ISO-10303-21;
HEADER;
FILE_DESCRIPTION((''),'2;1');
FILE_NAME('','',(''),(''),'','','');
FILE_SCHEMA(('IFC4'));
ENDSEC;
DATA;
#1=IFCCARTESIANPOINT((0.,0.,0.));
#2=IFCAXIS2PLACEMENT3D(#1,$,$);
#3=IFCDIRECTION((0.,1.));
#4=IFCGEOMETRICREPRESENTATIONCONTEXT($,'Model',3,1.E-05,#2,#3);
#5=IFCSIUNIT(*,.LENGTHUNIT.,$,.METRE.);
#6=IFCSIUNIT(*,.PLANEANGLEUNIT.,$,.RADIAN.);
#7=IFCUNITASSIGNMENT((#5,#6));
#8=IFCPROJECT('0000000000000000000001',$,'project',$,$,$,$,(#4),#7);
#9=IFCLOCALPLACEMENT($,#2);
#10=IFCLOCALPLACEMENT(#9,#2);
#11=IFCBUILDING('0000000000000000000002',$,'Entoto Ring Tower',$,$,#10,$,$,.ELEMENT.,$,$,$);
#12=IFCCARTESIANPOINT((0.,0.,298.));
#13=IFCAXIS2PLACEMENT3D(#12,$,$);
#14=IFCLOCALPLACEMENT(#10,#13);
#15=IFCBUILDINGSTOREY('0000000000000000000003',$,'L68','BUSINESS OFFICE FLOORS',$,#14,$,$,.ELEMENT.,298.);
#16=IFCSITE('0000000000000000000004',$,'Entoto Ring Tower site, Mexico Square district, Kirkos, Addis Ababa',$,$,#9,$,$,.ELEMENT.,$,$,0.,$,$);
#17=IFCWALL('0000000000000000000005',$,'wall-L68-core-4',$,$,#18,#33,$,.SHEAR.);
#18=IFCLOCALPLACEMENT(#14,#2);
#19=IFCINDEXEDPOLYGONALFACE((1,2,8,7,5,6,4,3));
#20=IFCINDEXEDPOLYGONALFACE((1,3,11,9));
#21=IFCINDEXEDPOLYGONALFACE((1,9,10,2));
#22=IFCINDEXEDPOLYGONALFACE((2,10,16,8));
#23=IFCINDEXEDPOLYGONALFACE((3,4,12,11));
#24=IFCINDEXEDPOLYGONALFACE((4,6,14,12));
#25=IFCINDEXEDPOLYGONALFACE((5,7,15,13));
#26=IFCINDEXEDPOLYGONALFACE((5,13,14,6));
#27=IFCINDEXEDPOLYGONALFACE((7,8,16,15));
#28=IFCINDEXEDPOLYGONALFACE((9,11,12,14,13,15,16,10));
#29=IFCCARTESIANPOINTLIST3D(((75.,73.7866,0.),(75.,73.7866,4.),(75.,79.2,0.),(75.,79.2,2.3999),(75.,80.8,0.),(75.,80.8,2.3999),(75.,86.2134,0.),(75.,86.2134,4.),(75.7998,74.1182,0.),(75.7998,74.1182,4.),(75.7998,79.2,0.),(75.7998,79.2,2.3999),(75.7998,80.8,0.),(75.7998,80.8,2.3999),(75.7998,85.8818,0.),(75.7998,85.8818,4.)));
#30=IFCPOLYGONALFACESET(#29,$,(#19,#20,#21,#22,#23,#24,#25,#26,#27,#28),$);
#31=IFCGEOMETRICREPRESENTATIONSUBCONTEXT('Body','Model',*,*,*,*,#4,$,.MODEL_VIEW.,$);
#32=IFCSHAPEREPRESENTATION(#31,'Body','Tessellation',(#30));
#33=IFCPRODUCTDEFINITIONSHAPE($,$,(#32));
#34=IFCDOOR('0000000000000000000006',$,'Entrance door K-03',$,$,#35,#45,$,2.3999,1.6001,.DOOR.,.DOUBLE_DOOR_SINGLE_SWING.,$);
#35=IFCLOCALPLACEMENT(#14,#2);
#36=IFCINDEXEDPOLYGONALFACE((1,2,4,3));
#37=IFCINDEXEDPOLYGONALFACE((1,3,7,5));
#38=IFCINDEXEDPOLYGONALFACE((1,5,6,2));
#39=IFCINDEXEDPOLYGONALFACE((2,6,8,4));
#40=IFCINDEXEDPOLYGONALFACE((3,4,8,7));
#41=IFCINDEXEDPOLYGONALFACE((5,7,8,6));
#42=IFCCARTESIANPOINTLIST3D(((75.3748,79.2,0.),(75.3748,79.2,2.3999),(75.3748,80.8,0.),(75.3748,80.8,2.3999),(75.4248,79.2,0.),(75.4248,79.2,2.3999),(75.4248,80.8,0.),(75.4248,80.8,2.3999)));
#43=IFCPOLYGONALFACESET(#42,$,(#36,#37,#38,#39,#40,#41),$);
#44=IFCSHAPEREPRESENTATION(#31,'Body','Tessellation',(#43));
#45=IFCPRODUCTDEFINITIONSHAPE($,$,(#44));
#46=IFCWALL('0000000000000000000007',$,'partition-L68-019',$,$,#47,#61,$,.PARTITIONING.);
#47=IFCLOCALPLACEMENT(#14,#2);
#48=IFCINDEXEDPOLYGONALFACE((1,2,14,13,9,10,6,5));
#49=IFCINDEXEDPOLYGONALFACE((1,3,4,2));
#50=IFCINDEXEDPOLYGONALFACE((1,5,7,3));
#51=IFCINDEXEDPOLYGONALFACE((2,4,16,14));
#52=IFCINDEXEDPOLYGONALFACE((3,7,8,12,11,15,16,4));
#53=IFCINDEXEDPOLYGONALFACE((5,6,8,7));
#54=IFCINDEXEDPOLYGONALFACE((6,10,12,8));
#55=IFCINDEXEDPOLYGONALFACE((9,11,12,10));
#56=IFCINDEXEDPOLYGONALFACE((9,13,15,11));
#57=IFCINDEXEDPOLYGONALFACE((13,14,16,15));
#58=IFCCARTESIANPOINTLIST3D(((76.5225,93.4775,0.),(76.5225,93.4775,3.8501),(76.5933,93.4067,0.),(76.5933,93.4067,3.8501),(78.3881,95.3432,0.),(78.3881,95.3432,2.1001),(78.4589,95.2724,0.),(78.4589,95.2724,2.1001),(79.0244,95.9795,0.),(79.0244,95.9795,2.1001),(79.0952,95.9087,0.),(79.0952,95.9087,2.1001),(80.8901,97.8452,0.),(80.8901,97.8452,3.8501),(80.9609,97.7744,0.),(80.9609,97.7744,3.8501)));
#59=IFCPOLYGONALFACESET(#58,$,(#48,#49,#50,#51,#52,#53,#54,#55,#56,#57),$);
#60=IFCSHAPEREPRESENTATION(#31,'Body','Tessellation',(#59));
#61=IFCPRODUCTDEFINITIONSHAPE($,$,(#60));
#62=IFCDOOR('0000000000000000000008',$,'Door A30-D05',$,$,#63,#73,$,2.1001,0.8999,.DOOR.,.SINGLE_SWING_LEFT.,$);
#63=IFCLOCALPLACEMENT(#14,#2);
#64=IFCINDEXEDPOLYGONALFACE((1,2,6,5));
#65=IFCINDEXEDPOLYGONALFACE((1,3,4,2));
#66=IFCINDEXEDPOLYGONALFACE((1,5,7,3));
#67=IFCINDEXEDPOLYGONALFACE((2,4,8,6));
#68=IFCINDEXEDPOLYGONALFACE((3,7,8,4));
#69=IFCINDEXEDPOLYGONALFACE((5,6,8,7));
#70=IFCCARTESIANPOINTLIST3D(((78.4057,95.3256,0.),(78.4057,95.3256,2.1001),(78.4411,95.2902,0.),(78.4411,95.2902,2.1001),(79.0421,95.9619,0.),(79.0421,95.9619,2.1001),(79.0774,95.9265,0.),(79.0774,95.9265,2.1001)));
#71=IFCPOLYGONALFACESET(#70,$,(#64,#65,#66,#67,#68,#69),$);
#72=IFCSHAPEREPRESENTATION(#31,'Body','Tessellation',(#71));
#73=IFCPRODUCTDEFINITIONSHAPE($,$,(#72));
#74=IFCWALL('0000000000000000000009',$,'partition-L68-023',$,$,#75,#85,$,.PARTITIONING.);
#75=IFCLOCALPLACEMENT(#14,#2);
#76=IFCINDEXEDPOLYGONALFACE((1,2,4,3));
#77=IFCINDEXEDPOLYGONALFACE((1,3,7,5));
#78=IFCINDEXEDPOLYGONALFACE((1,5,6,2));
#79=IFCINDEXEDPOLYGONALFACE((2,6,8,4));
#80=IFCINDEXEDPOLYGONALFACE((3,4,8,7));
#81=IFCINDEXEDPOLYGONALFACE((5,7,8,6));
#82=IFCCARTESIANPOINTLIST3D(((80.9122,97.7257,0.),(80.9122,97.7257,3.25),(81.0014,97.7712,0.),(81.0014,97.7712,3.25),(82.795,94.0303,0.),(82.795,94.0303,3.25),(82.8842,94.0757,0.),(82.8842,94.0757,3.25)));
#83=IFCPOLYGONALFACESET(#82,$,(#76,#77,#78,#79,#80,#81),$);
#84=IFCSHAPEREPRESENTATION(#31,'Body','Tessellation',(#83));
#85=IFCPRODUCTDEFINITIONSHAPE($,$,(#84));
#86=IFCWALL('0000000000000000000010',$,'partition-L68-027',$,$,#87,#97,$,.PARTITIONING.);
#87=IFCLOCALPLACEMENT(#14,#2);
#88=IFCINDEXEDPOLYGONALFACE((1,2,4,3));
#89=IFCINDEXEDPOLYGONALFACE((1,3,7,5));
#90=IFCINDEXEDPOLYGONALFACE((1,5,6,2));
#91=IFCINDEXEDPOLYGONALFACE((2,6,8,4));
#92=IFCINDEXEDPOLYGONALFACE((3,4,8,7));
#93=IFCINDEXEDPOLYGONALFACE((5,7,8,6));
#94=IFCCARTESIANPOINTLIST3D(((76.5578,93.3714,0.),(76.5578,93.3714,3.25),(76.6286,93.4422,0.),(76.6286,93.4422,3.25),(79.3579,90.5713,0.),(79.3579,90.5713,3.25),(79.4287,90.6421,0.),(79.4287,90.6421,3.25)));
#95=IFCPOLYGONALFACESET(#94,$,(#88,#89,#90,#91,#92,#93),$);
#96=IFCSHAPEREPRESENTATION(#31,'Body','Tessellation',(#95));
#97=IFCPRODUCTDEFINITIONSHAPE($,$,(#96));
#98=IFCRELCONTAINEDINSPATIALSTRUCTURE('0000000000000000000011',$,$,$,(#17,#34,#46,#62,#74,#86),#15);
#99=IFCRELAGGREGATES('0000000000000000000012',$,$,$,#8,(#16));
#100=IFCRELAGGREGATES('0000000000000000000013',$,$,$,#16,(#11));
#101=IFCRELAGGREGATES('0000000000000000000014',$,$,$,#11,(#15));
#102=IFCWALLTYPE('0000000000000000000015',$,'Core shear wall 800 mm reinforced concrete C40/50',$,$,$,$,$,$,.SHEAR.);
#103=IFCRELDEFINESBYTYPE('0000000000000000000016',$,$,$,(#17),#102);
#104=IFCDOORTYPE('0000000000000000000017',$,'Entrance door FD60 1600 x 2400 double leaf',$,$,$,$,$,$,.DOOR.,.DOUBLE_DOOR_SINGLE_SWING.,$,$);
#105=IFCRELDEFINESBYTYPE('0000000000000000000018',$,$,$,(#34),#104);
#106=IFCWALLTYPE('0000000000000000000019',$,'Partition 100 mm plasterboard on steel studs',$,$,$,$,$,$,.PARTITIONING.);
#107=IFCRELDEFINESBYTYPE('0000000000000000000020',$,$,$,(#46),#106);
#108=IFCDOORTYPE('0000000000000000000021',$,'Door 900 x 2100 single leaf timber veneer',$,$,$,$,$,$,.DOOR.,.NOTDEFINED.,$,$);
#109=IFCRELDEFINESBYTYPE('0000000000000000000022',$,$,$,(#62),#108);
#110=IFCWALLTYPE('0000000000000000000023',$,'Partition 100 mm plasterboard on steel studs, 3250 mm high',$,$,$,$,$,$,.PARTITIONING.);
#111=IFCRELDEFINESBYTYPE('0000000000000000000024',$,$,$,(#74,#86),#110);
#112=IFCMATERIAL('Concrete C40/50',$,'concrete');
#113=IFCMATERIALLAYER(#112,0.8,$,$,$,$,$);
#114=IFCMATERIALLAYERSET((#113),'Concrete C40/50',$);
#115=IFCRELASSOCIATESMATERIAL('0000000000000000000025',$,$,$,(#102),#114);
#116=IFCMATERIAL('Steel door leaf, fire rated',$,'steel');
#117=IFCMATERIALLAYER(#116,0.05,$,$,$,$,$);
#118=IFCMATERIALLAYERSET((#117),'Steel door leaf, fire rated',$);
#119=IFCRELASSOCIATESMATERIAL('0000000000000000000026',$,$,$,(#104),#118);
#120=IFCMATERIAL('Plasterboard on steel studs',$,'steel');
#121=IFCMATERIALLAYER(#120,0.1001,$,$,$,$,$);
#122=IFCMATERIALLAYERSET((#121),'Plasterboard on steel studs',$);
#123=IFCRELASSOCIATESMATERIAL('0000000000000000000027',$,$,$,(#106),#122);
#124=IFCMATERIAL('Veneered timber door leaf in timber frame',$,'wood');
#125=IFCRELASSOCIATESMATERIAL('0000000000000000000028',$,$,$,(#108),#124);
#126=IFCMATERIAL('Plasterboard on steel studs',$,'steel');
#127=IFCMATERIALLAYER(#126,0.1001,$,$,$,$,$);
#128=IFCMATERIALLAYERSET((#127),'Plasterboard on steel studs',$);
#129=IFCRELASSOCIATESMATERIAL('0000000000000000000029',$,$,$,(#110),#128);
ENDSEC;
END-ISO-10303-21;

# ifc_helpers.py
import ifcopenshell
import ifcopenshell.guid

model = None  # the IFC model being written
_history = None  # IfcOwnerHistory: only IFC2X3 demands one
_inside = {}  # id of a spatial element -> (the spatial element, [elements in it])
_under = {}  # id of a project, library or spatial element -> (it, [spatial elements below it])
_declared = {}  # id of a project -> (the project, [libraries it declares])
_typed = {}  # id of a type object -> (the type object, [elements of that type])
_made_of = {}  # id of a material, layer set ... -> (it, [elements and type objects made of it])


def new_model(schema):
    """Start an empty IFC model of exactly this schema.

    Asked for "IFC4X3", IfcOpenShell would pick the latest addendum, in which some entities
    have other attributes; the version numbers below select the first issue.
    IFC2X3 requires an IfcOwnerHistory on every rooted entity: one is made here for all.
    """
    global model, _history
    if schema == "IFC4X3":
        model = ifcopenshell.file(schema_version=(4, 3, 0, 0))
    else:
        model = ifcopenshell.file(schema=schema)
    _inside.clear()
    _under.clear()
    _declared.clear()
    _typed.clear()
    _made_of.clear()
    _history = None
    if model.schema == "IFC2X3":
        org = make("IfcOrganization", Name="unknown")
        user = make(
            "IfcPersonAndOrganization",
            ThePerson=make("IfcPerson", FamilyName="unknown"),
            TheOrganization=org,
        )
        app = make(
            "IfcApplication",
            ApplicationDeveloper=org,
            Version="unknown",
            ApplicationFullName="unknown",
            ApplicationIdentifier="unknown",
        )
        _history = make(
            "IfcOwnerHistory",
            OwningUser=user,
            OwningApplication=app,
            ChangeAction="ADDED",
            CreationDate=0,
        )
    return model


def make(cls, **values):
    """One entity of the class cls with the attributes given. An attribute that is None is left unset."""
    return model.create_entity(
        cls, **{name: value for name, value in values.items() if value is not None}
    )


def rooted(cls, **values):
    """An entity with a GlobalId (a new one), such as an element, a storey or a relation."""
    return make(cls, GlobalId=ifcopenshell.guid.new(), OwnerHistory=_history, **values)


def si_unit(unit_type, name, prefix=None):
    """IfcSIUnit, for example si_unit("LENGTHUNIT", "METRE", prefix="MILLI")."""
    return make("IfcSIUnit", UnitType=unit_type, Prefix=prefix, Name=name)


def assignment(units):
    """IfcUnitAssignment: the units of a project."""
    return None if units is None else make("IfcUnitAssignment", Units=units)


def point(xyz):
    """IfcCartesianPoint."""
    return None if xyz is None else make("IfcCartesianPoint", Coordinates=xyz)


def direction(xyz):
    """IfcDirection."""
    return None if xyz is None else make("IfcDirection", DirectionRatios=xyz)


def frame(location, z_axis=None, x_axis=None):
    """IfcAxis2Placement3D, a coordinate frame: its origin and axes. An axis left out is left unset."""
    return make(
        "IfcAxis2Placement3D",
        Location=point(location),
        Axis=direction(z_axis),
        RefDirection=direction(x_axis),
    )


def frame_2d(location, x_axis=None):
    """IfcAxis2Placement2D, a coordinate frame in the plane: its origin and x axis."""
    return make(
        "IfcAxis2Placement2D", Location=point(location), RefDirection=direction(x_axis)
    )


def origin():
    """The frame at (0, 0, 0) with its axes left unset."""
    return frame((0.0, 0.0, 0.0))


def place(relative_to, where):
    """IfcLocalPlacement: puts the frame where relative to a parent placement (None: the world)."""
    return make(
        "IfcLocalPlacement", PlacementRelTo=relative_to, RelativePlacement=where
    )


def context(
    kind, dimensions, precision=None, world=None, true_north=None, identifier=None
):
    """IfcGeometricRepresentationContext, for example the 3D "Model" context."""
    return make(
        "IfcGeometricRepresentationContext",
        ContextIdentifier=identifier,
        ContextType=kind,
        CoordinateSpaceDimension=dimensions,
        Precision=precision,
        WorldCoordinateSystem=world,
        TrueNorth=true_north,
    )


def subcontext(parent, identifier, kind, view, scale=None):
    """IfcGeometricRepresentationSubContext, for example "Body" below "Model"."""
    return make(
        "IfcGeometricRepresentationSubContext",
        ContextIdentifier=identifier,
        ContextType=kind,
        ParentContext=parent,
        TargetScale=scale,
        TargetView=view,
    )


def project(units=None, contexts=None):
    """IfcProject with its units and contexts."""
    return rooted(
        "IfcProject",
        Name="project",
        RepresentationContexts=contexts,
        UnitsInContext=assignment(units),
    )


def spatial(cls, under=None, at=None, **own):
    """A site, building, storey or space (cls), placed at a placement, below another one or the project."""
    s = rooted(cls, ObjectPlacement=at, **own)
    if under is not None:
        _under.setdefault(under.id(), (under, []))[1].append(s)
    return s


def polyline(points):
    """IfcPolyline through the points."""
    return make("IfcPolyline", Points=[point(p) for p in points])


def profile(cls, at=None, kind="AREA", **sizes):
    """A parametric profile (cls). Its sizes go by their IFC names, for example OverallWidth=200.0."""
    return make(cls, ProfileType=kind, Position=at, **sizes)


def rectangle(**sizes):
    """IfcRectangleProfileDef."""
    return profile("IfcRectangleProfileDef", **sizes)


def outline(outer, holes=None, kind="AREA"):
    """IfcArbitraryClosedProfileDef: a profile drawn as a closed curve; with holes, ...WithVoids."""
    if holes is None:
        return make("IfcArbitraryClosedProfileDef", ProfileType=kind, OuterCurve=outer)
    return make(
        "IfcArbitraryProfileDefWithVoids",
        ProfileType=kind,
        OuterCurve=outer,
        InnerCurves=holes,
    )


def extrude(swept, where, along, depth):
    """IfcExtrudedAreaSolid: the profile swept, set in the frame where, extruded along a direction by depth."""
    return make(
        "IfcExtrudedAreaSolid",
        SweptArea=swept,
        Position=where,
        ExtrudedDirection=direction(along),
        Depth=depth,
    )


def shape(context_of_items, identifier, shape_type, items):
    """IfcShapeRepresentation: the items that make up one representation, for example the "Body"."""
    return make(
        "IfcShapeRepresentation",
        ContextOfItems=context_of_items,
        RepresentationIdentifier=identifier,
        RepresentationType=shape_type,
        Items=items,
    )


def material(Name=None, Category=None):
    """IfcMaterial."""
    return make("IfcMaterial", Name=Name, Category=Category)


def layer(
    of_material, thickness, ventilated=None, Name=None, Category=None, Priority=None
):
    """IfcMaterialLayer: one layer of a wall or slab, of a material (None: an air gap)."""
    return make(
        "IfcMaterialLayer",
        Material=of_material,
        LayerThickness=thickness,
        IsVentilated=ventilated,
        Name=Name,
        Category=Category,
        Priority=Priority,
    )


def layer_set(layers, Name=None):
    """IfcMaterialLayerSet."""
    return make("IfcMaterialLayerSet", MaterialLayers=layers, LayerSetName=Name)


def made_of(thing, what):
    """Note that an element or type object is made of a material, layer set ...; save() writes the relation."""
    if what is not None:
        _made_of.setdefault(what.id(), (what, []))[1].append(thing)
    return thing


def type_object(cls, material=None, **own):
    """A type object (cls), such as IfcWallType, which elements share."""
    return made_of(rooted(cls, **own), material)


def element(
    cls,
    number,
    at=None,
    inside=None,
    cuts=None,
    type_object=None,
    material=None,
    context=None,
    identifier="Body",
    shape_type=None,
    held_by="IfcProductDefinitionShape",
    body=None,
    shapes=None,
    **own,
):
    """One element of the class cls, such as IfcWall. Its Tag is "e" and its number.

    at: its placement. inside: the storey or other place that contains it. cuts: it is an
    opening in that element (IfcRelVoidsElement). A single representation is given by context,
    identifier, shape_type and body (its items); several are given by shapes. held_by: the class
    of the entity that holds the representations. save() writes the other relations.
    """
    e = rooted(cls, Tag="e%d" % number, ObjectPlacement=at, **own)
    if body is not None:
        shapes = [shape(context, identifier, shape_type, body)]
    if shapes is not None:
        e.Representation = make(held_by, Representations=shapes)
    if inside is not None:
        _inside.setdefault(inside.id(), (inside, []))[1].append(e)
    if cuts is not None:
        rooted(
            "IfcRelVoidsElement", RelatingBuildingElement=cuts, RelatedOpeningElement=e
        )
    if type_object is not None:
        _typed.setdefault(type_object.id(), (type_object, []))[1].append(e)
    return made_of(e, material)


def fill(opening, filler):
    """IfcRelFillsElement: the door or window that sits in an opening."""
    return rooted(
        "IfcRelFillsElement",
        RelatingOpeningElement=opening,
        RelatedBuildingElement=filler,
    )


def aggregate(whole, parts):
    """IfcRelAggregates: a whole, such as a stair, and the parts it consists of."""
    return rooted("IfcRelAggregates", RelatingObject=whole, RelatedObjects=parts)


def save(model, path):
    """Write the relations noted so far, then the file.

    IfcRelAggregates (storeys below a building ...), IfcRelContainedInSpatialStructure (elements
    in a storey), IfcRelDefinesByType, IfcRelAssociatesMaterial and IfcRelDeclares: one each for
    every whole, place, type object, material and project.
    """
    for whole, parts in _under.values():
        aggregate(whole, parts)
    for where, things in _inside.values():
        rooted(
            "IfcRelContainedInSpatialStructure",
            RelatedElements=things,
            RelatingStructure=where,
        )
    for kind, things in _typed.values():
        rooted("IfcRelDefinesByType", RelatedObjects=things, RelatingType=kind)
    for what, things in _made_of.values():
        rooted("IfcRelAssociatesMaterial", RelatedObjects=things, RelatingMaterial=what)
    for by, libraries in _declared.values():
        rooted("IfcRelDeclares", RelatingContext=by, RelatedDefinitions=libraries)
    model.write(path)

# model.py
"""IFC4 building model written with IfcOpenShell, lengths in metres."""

from ifc_helpers import new_model, si_unit, direction, frame, frame_2d, origin, place, context, subcontext, project, spatial, polyline, rectangle, outline, extrude, material, layer, layer_set, type_object, element, fill, save


model = new_model("IFC4")

# Units and contexts
model_context = context("Model", 3, precision=1e-05, world=origin(), true_north=direction((0.0, 1.0)))
body_context = subcontext(model_context, "Body", "Model", "MODEL_VIEW")
ifc_project = project(units=[si_unit("LENGTHUNIT", "METRE"), si_unit("PLANEANGLEUNIT", "RADIAN")], contexts=[model_context])

# Site, building, storey
site_placement = place(None, origin())
site = spatial("IfcSite", under=ifc_project, at=site_placement, Name="Entoto Ring Tower site, Mexico Square district, Kirkos, Addis Ababa", CompositionType="ELEMENT", RefElevation=0.0)
building_placement = place(site_placement, origin())
building = spatial("IfcBuilding", under=site, at=building_placement, Name="Entoto Ring Tower", CompositionType="ELEMENT")
storey_placement = place(building_placement, frame((0.0, 0.0, 298.0)))
storey = spatial("IfcBuildingStorey", under=building, at=storey_placement, Name="L68", Description="BUSINESS OFFICE FLOORS", CompositionType="ELEMENT", Elevation=298.0)

# Shared definitions
ifc_material_1 = material(Name="Concrete C40/50", Category="concrete")
ifc_layer_1 = layer(ifc_material_1, 0.8)
ifc_layer_set_1 = layer_set([ifc_layer_1], Name="Concrete C40/50")
wall_type_1 = type_object("IfcWallType", Name="Core shear wall 800 mm reinforced concrete C40/50", PredefinedType="SHEAR", material=ifc_layer_set_1)

# Walls, openings, doors
wall_1_placement = place(storey_placement, frame((75.3999, 86.0476, 0.0), z_axis=(0.0, 0.0, 1.0), x_axis=(0.0, -1.0, 0.0)))
wall_1 = element("IfcWall", 1, at=wall_1_placement, inside=storey, type_object=wall_type_1, Name="wall-L68-core-4", PredefinedType="SHEAR", context=body_context, shape_type="SweptSolid", body=[
    extrude(outline(polyline([(-0.1658, -0.3999), (12.261, -0.3999), (11.9294, 0.3999), (0.1658, 0.3999), (-0.1658, -0.3999)])), origin(), (0.0, 0.0, 1.0), 4.0),
])
opening_1_placement = place(wall_1_placement, frame((5.2476, 0.0, 0.0)))
opening_1 = element("IfcOpeningElement", 2, at=opening_1_placement, cuts=wall_1, PredefinedType="OPENING", context=body_context, shape_type="SweptSolid", body=[
    extrude(rectangle(XDim=1.6001, YDim=2.3999, at=frame_2d((0.8, 1.2))), frame((0.0, 0.4102, 0.0), z_axis=(0.0, -1.0, 0.0), x_axis=(1.0, 0.0, 0.0)), (0.0, 0.0, 1.0), 0.8201),
])
ifc_material_2 = material(Name="Steel door leaf, fire rated", Category="steel")
ifc_layer_2 = layer(ifc_material_2, 0.05)
ifc_layer_set_2 = layer_set([ifc_layer_2], Name="Steel door leaf, fire rated")
door_type_1 = type_object("IfcDoorType", Name="Entrance door FD60 1600 x 2400 double leaf", OperationType="DOUBLE_DOOR_SINGLE_SWING", PredefinedType="DOOR", material=ifc_layer_set_2)
door_1_placement = place(opening_1_placement, origin())
door_1 = element("IfcDoor", 3, at=door_1_placement, inside=storey, type_object=door_type_1, Name="Entrance door K-03", OperationType="DOUBLE_DOOR_SINGLE_SWING", OverallHeight=2.3999, OverallWidth=1.6001, PredefinedType="DOOR", context=body_context, shape_type="SweptSolid", body=[
    extrude(rectangle(XDim=1.6001, YDim=2.3999, at=frame_2d((0.8, 1.2))), frame((0.0, 0.0249, 0.0), z_axis=(0.0, -1.0, 0.0), x_axis=(1.0, 0.0, 0.0)), (0.0, 0.0, 1.0), 0.05),
])
fill(opening_1, door_1)
ifc_material_3 = material(Name="Plasterboard on steel studs", Category="steel")
ifc_layer_3 = layer(ifc_material_3, 0.1001)
ifc_layer_set_3 = layer_set([ifc_layer_3], Name="Plasterboard on steel studs")
wall_type_2 = type_object("IfcWallType", Name="Partition 100 mm plasterboard on steel studs", PredefinedType="PARTITIONING", material=ifc_layer_set_3)
wall_2_placement = place(storey_placement, frame((76.5579, 93.4421, 0.0), z_axis=(0.0, 0.0, 1.0), x_axis=(0.707107, 0.707107, 0.0)))
wall_2 = element("IfcWall", 4, at=wall_2_placement, inside=storey, type_object=wall_type_2, Name="partition-L68-019", PredefinedType="PARTITIONING", context=body_context, shape_type="SweptSolid", body=[
    extrude(rectangle(XDim=6.1768, YDim=0.1001, at=frame_2d((3.0884, 0.0))), origin(), (0.0, 0.0, 1.0), 3.8501),
])
opening_2_placement = place(wall_2_placement, frame((2.6384, 0.0, 0.0)))
opening_2 = element("IfcOpeningElement", 5, at=opening_2_placement, cuts=wall_2, PredefinedType="OPENING", context=body_context, shape_type="SweptSolid", body=[
    extrude(rectangle(XDim=0.8999, YDim=2.1001, at=frame_2d((0.45, 1.05))), frame((0.0, 0.0601, 0.0), z_axis=(0.0, -1.0, 0.0), x_axis=(1.0, 0.0, 0.0)), (0.0, 0.0, 1.0), 0.1201),
])
ifc_material_4 = material(Name="Veneered timber door leaf in timber frame", Category="wood")
door_type_2 = type_object("IfcDoorType", Name="Door 900 x 2100 single leaf timber veneer", OperationType="NOTDEFINED", PredefinedType="DOOR", material=ifc_material_4)
door_2_placement = place(opening_2_placement, frame((0.8999, 0.0, 0.0), z_axis=(0.0, 0.0, 1.0), x_axis=(-1.0, 0.0, 0.0)))
door_2 = element("IfcDoor", 6, at=door_2_placement, inside=storey, type_object=door_type_2, Name="Door A30-D05", OperationType="SINGLE_SWING_LEFT", OverallHeight=2.1001, OverallWidth=0.8999, PredefinedType="DOOR", context=body_context, shape_type="SweptSolid", body=[
    extrude(rectangle(XDim=0.8999, YDim=2.1001, at=frame_2d((0.45, 1.05))), frame((0.0, 0.0249, 0.0), z_axis=(0.0, -1.0, 0.0), x_axis=(1.0, 0.0, 0.0)), (0.0, 0.0, 1.0), 0.05),
])
fill(opening_2, door_2)

# Walls
ifc_material_5 = material(Name="Plasterboard on steel studs", Category="steel")
ifc_layer_4 = layer(ifc_material_5, 0.1001)
ifc_layer_set_4 = layer_set([ifc_layer_4], Name="Plasterboard on steel studs")
wall_type_3 = type_object("IfcWallType", Name="Partition 100 mm plasterboard on steel studs, 3250 mm high", PredefinedType="PARTITIONING", material=ifc_layer_set_4)
wall_3_placement = place(storey_placement, frame((82.8396, 94.053, 0.0), z_axis=(0.0, 0.0, 1.0), x_axis=(-0.453958, 0.891023, 0.0)))
element("IfcWall", 7, at=wall_3_placement, inside=storey, type_object=wall_type_3, Name="partition-L68-023", PredefinedType="PARTITIONING", context=body_context, shape_type="SweptSolid", body=[
    extrude(rectangle(XDim=4.1475, YDim=0.1001, at=frame_2d((2.0737, 0.0))), origin(), (0.0, 0.0, 1.0), 3.25),
])
wall_4_placement = place(storey_placement, frame((79.3933, 90.6067, 0.0), z_axis=(0.0, 0.0, 1.0), x_axis=(-0.707107, 0.707107, 0.0)))
element("IfcWall", 8, at=wall_4_placement, inside=storey, type_object=wall_type_3, Name="partition-L68-027", PredefinedType="PARTITIONING", context=body_context, shape_type="SweptSolid", body=[
    extrude(rectangle(XDim=3.96, YDim=0.1001, at=frame_2d((1.98, 0.0))), origin(), (0.0, 0.0, 1.0), 3.25),
])

save(model, "model.ifc")
